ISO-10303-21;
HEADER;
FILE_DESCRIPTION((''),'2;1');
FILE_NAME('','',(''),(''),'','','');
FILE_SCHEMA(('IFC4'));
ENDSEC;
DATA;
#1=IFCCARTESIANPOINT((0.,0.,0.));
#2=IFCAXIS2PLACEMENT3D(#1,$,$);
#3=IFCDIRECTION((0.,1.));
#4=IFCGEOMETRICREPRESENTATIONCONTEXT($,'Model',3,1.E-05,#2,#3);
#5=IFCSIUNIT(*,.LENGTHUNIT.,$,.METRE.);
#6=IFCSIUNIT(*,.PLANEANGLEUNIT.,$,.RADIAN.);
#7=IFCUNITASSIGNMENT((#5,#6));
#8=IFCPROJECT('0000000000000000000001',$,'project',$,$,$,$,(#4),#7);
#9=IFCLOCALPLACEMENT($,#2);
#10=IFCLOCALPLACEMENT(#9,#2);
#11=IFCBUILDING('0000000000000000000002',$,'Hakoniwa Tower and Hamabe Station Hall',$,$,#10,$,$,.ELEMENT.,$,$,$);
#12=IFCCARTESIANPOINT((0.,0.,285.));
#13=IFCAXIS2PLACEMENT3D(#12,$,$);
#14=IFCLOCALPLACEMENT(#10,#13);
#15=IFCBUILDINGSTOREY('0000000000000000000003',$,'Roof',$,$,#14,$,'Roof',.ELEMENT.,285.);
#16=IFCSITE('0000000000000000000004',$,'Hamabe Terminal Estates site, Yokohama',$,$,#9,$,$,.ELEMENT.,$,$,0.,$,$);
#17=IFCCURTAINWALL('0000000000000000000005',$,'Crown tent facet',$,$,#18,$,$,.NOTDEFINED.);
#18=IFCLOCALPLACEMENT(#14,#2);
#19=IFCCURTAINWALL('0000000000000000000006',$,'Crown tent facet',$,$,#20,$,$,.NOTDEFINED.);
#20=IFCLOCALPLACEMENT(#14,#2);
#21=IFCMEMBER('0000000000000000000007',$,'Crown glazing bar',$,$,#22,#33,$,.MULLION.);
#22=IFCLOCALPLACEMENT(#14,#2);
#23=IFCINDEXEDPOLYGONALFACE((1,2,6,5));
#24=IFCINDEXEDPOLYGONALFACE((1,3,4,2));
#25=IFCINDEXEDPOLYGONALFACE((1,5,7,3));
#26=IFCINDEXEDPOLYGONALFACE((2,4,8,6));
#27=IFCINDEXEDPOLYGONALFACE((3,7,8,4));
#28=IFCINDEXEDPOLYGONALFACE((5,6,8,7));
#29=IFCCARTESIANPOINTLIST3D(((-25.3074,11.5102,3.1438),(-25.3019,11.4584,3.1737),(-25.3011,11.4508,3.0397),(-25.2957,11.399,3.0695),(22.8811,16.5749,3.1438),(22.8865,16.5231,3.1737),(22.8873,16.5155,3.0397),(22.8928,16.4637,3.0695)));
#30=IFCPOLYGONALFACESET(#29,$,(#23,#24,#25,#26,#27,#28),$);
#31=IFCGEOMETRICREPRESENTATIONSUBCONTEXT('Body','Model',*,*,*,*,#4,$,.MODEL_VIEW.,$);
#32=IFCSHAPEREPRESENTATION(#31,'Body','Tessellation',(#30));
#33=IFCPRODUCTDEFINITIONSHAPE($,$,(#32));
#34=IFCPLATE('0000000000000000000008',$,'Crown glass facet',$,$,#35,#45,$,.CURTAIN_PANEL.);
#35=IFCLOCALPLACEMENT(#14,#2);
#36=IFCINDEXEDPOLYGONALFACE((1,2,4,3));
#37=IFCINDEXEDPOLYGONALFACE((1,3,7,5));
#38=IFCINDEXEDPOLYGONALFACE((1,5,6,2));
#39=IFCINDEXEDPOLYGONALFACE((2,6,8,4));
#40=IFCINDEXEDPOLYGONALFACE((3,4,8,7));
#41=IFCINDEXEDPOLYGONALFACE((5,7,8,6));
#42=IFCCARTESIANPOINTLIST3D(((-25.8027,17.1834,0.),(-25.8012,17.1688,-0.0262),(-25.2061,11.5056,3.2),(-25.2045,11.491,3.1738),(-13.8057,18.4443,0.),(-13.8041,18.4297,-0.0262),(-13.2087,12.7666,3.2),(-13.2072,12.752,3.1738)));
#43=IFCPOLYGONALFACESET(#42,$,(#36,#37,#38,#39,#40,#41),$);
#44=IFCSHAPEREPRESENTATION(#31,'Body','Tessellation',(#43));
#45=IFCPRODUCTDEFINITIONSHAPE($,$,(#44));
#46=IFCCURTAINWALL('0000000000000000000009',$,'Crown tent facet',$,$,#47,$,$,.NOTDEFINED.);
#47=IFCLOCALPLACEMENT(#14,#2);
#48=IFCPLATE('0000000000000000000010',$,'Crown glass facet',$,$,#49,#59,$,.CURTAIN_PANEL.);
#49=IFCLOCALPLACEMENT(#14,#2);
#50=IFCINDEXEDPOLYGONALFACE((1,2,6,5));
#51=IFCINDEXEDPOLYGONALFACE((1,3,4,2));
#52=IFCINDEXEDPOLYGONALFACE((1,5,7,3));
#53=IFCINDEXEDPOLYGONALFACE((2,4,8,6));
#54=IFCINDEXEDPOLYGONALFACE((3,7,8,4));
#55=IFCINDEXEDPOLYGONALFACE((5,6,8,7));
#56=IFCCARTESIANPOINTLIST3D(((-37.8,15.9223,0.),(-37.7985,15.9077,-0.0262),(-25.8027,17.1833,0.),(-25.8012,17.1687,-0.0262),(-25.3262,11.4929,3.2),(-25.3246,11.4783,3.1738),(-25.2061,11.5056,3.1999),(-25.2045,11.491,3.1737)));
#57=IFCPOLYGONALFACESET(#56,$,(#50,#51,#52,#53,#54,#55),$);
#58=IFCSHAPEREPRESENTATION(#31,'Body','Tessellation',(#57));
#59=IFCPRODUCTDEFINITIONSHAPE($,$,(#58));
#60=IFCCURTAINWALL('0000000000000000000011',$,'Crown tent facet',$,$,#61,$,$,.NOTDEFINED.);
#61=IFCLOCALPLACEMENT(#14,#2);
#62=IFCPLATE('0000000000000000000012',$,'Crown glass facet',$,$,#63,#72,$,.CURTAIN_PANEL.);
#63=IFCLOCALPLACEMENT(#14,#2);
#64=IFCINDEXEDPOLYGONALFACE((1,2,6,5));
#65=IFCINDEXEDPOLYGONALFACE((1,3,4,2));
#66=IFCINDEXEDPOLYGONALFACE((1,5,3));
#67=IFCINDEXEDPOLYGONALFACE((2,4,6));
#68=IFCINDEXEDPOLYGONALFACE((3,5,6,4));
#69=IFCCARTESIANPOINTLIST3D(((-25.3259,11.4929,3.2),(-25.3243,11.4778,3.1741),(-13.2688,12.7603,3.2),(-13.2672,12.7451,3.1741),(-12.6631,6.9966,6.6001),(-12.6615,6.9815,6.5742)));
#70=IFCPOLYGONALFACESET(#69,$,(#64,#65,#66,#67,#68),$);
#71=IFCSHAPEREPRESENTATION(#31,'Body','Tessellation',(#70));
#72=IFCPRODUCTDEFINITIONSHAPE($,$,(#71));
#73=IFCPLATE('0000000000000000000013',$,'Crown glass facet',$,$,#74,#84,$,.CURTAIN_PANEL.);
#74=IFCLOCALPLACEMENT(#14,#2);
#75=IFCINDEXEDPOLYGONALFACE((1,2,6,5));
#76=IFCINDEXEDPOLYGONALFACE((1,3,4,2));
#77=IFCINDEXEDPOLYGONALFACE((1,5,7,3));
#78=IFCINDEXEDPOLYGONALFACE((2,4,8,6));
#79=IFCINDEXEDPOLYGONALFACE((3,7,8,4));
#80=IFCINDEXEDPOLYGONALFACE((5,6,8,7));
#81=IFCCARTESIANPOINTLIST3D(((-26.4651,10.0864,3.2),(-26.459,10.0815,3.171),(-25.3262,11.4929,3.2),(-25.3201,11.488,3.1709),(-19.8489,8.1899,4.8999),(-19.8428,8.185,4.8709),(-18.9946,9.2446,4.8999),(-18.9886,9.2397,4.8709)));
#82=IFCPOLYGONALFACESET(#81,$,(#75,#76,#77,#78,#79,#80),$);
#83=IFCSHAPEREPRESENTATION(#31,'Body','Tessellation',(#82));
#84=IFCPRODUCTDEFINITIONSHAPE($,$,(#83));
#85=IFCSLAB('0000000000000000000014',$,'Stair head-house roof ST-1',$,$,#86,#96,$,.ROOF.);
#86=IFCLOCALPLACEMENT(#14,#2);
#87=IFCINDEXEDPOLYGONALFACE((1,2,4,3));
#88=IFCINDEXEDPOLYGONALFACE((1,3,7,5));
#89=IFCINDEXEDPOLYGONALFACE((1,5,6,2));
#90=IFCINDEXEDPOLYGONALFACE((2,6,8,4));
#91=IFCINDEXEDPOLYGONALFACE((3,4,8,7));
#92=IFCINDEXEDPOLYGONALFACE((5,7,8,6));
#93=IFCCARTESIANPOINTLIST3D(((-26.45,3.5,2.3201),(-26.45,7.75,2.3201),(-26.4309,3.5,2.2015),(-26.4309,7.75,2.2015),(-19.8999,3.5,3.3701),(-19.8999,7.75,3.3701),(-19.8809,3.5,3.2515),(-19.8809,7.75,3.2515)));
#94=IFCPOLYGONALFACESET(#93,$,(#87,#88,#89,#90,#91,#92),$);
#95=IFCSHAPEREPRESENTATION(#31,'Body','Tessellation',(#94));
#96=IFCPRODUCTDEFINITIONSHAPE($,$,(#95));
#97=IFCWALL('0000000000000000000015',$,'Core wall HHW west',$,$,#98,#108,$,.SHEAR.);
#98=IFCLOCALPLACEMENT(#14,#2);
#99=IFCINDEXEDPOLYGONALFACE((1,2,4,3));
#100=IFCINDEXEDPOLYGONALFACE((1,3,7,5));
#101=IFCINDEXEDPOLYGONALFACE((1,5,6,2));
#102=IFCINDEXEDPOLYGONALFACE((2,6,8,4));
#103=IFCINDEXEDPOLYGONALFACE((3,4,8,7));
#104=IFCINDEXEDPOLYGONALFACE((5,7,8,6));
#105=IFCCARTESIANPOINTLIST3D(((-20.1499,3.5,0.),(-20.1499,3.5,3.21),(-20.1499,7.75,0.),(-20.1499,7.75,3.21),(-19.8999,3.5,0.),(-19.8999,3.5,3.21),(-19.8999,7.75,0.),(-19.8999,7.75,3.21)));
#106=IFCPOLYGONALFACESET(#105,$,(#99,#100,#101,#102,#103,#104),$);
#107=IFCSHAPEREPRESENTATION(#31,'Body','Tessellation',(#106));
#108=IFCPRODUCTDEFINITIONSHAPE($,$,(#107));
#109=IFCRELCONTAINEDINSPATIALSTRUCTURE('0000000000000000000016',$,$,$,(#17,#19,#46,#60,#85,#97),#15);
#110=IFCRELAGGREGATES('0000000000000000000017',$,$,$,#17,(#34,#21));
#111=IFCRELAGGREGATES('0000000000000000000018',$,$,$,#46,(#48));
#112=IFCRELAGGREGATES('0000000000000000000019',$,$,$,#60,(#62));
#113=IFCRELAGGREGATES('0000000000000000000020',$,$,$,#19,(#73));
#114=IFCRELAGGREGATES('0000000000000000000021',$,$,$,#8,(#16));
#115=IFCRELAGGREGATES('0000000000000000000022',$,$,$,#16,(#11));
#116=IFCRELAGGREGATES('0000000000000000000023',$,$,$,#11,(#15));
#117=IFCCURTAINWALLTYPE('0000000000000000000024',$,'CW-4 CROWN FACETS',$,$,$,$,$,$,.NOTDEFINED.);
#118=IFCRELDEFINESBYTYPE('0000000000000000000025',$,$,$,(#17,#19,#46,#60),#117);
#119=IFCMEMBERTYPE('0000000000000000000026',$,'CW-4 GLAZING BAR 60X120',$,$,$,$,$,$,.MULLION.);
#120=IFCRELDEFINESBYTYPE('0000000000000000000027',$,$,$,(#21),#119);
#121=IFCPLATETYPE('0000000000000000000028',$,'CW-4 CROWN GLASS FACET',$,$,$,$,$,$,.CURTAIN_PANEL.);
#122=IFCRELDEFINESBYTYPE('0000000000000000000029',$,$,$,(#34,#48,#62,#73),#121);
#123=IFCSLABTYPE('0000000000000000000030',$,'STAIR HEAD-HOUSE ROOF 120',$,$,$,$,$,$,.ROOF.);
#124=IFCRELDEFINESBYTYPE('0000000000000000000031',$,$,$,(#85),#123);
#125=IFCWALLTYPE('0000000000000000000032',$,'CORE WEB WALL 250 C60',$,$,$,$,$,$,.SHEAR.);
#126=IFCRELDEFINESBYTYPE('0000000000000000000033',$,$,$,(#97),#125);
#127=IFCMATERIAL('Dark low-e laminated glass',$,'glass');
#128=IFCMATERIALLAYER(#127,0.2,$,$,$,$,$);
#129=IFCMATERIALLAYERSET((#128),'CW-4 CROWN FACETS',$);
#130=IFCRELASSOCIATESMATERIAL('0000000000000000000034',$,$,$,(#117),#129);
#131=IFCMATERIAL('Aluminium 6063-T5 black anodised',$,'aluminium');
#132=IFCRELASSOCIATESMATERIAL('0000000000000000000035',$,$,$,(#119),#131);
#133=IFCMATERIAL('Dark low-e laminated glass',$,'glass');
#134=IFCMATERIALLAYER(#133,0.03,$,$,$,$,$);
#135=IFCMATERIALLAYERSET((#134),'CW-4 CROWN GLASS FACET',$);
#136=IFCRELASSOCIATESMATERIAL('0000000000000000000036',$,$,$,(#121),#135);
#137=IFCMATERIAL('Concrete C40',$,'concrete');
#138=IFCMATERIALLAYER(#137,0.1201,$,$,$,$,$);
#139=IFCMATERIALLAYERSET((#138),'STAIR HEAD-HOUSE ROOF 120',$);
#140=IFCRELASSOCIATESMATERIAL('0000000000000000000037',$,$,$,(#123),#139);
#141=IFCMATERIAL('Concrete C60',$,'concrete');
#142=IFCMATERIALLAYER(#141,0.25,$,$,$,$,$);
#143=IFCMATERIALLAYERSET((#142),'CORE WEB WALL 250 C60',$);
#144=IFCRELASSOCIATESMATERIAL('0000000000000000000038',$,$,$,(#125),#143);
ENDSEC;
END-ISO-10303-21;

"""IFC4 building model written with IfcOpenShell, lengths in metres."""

from ifc_helpers import new_model, si_unit, direction, frame, frame_2d, origin, origin_2d, place, context, subcontext, project, spatial, polyline, rectangle, outline, extrude, material, layer, layer_set, material_profile, profile_set, type_object, element, aggregate, save


model = new_model("IFC4")

# Units and contexts
model_context = context("Model", 3, precision=1e-05, world=origin(), true_north=direction((0.0, 1.0)))
body_context = subcontext(model_context, "Body", "Model", "MODEL_VIEW")
ifc_project = project(units=[si_unit("LENGTHUNIT", "METRE"), si_unit("PLANEANGLEUNIT", "RADIAN")], contexts=[model_context])

# Site, building, storey
site_placement = place(None, origin())
site = spatial("IfcSite", under=ifc_project, at=site_placement, Name="Hamabe Terminal Estates site, Yokohama", CompositionType="ELEMENT", RefElevation=0.0)
building_placement = place(site_placement, origin())
building = spatial("IfcBuilding", under=site, at=building_placement, Name="Hakoniwa Tower and Hamabe Station Hall", CompositionType="ELEMENT")
storey_placement = place(building_placement, frame((0.0, 0.0, 285.0)))
storey = spatial("IfcBuildingStorey", under=building, at=storey_placement, Name="Roof", LongName="Roof", CompositionType="ELEMENT", Elevation=285.0)

# Curtain wall
ifc_material_1 = material(Name="Dark low-e laminated glass", Category="glass")
ifc_layer_1 = layer(ifc_material_1, 0.2)
ifc_layer_set_1 = layer_set([ifc_layer_1], Name="CW-4 CROWN FACETS")
curtain_wall_type = type_object("IfcCurtainWallType", Name="CW-4 CROWN FACETS", PredefinedType="NOTDEFINED", material=ifc_layer_set_1)
curtain_wall_1_placement = place(storey_placement, origin())
curtain_wall_1 = element("IfcCurtainWall", 1, at=curtain_wall_1_placement, inside=storey, type_object=curtain_wall_type, Name="Crown tent facet", PredefinedType="NOTDEFINED")
ifc_material_2 = material(Name="Aluminium 6063-T5 black anodised", Category="aluminium")
ifc_material_profile_1 = material_profile(ifc_material_2, rectangle(XDim=0.0601, YDim=0.1201, at=origin_2d()), Name="CW-4 GLAZING BAR 60X120")
ifc_profile_set_1 = profile_set([ifc_material_profile_1], Name="Aluminium 6063-T5 black anodised")
member_type_1 = type_object("IfcMemberType", Name="CW-4 GLAZING BAR 60X120", PredefinedType="MULLION", material=ifc_profile_set_1)

# Curtain wall
curtain_wall_2_placement = place(storey_placement, origin())
curtain_wall_2 = element("IfcCurtainWall", 2, at=curtain_wall_2_placement, inside=storey, type_object=curtain_wall_type, Name="Crown tent facet", PredefinedType="NOTDEFINED")

# Member
member_1_placement = place(storey_placement, frame((-25.3015, 11.4546, 3.1067), z_axis=(0.994522, 0.104526, 0.0), x_axis=(-0.090672, 0.86271, -0.497504)))
member_1 = element("IfcMember", 3, at=member_1_placement, type_object=member_type_1, Name="Crown glazing bar", PredefinedType="MULLION", context=body_context, shape_type="SweptSolid", body=[
    extrude(rectangle(XDim=0.0601, YDim=0.1201, at=origin_2d()), origin(), (0.0, 0.0, 1.0), 48.4539),
])

# Plate
ifc_material_3 = material(Name="Dark low-e laminated glass", Category="glass")
ifc_layer_2 = layer(ifc_material_3, 0.03)
ifc_layer_set_2 = layer_set([ifc_layer_2], Name="CW-4 CROWN GLASS FACET")
plate_type = type_object("IfcPlateType", Name="CW-4 CROWN GLASS FACET", PredefinedType="CURTAIN_PANEL", material=ifc_layer_set_2)
plate_1_placement = place(storey_placement, frame((-25.2061, 11.5056, 3.2), z_axis=(-0.051109, 0.486262, 0.872317), x_axis=(-0.091171, 0.867539, -0.488941)))
plate_1 = element("IfcPlate", 4, at=plate_1_placement, type_object=plate_type, Name="Crown glass facet", PredefinedType="CURTAIN_PANEL", context=body_context, shape_type="SweptSolid", body=[
    extrude(outline(polyline([(0.0, 0.0), (6.5446, 0.0), (6.5448, -12.0632), (0.0002, -12.0634), (0.0, 0.0)])), origin(), (0.0, 0.0, -1.0), 0.03),
])
aggregate(curtain_wall_1, [plate_1, member_1])

# Curtain walls, plates
curtain_wall_3_placement = place(storey_placement, origin())
curtain_wall_3 = element("IfcCurtainWall", 5, at=curtain_wall_3_placement, inside=storey, type_object=curtain_wall_type, Name="Crown tent facet", PredefinedType="NOTDEFINED")
plate_2_placement = place(storey_placement, frame((-25.3262, 11.4929, 3.2), z_axis=(-0.051111, 0.486259, 0.872319), x_axis=(-0.915966, 0.325256, -0.234977)))
plate_2 = element("IfcPlate", 6, at=plate_2_placement, type_object=plate_type, Name="Crown glass facet", PredefinedType="CURTAIN_PANEL", context=body_context, shape_type="SweptSolid", body=[
    extrude(outline(polyline([(0.0, 0.0), (13.6183, 0.0), (3.0393, -5.7975), (-0.1059, -0.0581), (0.0, 0.0)])), origin(), (0.0, 0.0, -1.0), 0.03),
])
aggregate(curtain_wall_3, [plate_2])
curtain_wall_4_placement = place(storey_placement, origin())
curtain_wall_4 = element("IfcCurtainWall", 7, at=curtain_wall_4_placement, inside=storey, type_object=curtain_wall_type, Name="Crown tent facet", PredefinedType="NOTDEFINED")
plate_3_placement = place(storey_placement, frame((-25.3259, 11.4929, 3.2), z_axis=(-0.052898, 0.503261, 0.862514), x_axis=(0.994521, 0.104535, 0.0)))
plate_3 = element("IfcPlate", 8, at=plate_3_placement, type_object=plate_type, Name="Crown glass facet", PredefinedType="CURTAIN_PANEL", context=body_context, shape_type="SweptSolid", body=[
    extrude(outline(polyline([(0.0, 0.0), (12.1236, 0.0), (12.1234, -6.7192), (0.0, 0.0)])), origin(), (0.0, 0.0, -1.0), 0.03),
])
aggregate(curtain_wall_4, [plate_3])

# Plate
plate_4_placement = place(storey_placement, frame((-25.3262, 11.4929, 3.2), z_axis=(-0.201403, 0.163104, 0.965833), x_axis=(0.913564, -0.324401, 0.245286)))
plate_4 = element("IfcPlate", 9, at=plate_4_placement, type_object=plate_type, Name="Crown glass facet", PredefinedType="CURTAIN_PANEL", context=body_context, shape_type="SweptSolid", body=[
    extrude(outline(polyline([(0.0, 0.0), (6.9306, 0.0), (6.4923, -1.2845), (-0.5842, -1.7129), (0.0, 0.0)])), origin(), (0.0, 0.0, -1.0), 0.03),
])
aggregate(curtain_wall_2, [plate_4])

# Slab
ifc_material_4 = material(Name="Concrete C40", Category="concrete")
ifc_layer_3 = layer(ifc_material_4, 0.1201)
ifc_layer_set_3 = layer_set([ifc_layer_3], Name="STAIR HEAD-HOUSE ROOF 120")
slab_type = type_object("IfcSlabType", Name="STAIR HEAD-HOUSE ROOF 120", PredefinedType="ROOF", material=ifc_layer_set_3)
slab_placement = place(storey_placement, frame((-19.8999, 3.5, 3.3701), z_axis=(-0.15829, 0.0, 0.987393), x_axis=(-0.987393, 0.0, -0.15829)))
element("IfcSlab", 10, at=slab_placement, inside=storey, type_object=slab_type, Name="Stair head-house roof ST-1", PredefinedType="ROOF", context=body_context, shape_type="SweptSolid", body=[
    extrude(outline(polyline([(0.0, 0.0), (6.6337, 0.0), (6.6337, -4.25), (0.0, -4.25), (0.0, 0.0)])), origin(), (0.0, 0.0, -1.0), 0.1201),
])

# Wall
ifc_material_5 = material(Name="Concrete C60", Category="concrete")
ifc_layer_4 = layer(ifc_material_5, 0.25)
ifc_layer_set_4 = layer_set([ifc_layer_4], Name="CORE WEB WALL 250 C60")
wall_type = type_object("IfcWallType", Name="CORE WEB WALL 250 C60", PredefinedType="SHEAR", material=ifc_layer_set_4)
wall_placement = place(storey_placement, frame((-20.0249, 3.5, 0.0), z_axis=(0.0, 0.0, 1.0), x_axis=(0.0, 1.0, 0.0)))
element("IfcWall", 11, at=wall_placement, inside=storey, type_object=wall_type, Name="Core wall HHW west", PredefinedType="SHEAR", context=body_context, shape_type="SweptSolid", body=[
    extrude(rectangle(XDim=4.25, YDim=0.25, at=frame_2d((2.125, 0.0))), origin(), (0.0, 0.0, 1.0), 3.21),
])

save(model, "model.ifc")
